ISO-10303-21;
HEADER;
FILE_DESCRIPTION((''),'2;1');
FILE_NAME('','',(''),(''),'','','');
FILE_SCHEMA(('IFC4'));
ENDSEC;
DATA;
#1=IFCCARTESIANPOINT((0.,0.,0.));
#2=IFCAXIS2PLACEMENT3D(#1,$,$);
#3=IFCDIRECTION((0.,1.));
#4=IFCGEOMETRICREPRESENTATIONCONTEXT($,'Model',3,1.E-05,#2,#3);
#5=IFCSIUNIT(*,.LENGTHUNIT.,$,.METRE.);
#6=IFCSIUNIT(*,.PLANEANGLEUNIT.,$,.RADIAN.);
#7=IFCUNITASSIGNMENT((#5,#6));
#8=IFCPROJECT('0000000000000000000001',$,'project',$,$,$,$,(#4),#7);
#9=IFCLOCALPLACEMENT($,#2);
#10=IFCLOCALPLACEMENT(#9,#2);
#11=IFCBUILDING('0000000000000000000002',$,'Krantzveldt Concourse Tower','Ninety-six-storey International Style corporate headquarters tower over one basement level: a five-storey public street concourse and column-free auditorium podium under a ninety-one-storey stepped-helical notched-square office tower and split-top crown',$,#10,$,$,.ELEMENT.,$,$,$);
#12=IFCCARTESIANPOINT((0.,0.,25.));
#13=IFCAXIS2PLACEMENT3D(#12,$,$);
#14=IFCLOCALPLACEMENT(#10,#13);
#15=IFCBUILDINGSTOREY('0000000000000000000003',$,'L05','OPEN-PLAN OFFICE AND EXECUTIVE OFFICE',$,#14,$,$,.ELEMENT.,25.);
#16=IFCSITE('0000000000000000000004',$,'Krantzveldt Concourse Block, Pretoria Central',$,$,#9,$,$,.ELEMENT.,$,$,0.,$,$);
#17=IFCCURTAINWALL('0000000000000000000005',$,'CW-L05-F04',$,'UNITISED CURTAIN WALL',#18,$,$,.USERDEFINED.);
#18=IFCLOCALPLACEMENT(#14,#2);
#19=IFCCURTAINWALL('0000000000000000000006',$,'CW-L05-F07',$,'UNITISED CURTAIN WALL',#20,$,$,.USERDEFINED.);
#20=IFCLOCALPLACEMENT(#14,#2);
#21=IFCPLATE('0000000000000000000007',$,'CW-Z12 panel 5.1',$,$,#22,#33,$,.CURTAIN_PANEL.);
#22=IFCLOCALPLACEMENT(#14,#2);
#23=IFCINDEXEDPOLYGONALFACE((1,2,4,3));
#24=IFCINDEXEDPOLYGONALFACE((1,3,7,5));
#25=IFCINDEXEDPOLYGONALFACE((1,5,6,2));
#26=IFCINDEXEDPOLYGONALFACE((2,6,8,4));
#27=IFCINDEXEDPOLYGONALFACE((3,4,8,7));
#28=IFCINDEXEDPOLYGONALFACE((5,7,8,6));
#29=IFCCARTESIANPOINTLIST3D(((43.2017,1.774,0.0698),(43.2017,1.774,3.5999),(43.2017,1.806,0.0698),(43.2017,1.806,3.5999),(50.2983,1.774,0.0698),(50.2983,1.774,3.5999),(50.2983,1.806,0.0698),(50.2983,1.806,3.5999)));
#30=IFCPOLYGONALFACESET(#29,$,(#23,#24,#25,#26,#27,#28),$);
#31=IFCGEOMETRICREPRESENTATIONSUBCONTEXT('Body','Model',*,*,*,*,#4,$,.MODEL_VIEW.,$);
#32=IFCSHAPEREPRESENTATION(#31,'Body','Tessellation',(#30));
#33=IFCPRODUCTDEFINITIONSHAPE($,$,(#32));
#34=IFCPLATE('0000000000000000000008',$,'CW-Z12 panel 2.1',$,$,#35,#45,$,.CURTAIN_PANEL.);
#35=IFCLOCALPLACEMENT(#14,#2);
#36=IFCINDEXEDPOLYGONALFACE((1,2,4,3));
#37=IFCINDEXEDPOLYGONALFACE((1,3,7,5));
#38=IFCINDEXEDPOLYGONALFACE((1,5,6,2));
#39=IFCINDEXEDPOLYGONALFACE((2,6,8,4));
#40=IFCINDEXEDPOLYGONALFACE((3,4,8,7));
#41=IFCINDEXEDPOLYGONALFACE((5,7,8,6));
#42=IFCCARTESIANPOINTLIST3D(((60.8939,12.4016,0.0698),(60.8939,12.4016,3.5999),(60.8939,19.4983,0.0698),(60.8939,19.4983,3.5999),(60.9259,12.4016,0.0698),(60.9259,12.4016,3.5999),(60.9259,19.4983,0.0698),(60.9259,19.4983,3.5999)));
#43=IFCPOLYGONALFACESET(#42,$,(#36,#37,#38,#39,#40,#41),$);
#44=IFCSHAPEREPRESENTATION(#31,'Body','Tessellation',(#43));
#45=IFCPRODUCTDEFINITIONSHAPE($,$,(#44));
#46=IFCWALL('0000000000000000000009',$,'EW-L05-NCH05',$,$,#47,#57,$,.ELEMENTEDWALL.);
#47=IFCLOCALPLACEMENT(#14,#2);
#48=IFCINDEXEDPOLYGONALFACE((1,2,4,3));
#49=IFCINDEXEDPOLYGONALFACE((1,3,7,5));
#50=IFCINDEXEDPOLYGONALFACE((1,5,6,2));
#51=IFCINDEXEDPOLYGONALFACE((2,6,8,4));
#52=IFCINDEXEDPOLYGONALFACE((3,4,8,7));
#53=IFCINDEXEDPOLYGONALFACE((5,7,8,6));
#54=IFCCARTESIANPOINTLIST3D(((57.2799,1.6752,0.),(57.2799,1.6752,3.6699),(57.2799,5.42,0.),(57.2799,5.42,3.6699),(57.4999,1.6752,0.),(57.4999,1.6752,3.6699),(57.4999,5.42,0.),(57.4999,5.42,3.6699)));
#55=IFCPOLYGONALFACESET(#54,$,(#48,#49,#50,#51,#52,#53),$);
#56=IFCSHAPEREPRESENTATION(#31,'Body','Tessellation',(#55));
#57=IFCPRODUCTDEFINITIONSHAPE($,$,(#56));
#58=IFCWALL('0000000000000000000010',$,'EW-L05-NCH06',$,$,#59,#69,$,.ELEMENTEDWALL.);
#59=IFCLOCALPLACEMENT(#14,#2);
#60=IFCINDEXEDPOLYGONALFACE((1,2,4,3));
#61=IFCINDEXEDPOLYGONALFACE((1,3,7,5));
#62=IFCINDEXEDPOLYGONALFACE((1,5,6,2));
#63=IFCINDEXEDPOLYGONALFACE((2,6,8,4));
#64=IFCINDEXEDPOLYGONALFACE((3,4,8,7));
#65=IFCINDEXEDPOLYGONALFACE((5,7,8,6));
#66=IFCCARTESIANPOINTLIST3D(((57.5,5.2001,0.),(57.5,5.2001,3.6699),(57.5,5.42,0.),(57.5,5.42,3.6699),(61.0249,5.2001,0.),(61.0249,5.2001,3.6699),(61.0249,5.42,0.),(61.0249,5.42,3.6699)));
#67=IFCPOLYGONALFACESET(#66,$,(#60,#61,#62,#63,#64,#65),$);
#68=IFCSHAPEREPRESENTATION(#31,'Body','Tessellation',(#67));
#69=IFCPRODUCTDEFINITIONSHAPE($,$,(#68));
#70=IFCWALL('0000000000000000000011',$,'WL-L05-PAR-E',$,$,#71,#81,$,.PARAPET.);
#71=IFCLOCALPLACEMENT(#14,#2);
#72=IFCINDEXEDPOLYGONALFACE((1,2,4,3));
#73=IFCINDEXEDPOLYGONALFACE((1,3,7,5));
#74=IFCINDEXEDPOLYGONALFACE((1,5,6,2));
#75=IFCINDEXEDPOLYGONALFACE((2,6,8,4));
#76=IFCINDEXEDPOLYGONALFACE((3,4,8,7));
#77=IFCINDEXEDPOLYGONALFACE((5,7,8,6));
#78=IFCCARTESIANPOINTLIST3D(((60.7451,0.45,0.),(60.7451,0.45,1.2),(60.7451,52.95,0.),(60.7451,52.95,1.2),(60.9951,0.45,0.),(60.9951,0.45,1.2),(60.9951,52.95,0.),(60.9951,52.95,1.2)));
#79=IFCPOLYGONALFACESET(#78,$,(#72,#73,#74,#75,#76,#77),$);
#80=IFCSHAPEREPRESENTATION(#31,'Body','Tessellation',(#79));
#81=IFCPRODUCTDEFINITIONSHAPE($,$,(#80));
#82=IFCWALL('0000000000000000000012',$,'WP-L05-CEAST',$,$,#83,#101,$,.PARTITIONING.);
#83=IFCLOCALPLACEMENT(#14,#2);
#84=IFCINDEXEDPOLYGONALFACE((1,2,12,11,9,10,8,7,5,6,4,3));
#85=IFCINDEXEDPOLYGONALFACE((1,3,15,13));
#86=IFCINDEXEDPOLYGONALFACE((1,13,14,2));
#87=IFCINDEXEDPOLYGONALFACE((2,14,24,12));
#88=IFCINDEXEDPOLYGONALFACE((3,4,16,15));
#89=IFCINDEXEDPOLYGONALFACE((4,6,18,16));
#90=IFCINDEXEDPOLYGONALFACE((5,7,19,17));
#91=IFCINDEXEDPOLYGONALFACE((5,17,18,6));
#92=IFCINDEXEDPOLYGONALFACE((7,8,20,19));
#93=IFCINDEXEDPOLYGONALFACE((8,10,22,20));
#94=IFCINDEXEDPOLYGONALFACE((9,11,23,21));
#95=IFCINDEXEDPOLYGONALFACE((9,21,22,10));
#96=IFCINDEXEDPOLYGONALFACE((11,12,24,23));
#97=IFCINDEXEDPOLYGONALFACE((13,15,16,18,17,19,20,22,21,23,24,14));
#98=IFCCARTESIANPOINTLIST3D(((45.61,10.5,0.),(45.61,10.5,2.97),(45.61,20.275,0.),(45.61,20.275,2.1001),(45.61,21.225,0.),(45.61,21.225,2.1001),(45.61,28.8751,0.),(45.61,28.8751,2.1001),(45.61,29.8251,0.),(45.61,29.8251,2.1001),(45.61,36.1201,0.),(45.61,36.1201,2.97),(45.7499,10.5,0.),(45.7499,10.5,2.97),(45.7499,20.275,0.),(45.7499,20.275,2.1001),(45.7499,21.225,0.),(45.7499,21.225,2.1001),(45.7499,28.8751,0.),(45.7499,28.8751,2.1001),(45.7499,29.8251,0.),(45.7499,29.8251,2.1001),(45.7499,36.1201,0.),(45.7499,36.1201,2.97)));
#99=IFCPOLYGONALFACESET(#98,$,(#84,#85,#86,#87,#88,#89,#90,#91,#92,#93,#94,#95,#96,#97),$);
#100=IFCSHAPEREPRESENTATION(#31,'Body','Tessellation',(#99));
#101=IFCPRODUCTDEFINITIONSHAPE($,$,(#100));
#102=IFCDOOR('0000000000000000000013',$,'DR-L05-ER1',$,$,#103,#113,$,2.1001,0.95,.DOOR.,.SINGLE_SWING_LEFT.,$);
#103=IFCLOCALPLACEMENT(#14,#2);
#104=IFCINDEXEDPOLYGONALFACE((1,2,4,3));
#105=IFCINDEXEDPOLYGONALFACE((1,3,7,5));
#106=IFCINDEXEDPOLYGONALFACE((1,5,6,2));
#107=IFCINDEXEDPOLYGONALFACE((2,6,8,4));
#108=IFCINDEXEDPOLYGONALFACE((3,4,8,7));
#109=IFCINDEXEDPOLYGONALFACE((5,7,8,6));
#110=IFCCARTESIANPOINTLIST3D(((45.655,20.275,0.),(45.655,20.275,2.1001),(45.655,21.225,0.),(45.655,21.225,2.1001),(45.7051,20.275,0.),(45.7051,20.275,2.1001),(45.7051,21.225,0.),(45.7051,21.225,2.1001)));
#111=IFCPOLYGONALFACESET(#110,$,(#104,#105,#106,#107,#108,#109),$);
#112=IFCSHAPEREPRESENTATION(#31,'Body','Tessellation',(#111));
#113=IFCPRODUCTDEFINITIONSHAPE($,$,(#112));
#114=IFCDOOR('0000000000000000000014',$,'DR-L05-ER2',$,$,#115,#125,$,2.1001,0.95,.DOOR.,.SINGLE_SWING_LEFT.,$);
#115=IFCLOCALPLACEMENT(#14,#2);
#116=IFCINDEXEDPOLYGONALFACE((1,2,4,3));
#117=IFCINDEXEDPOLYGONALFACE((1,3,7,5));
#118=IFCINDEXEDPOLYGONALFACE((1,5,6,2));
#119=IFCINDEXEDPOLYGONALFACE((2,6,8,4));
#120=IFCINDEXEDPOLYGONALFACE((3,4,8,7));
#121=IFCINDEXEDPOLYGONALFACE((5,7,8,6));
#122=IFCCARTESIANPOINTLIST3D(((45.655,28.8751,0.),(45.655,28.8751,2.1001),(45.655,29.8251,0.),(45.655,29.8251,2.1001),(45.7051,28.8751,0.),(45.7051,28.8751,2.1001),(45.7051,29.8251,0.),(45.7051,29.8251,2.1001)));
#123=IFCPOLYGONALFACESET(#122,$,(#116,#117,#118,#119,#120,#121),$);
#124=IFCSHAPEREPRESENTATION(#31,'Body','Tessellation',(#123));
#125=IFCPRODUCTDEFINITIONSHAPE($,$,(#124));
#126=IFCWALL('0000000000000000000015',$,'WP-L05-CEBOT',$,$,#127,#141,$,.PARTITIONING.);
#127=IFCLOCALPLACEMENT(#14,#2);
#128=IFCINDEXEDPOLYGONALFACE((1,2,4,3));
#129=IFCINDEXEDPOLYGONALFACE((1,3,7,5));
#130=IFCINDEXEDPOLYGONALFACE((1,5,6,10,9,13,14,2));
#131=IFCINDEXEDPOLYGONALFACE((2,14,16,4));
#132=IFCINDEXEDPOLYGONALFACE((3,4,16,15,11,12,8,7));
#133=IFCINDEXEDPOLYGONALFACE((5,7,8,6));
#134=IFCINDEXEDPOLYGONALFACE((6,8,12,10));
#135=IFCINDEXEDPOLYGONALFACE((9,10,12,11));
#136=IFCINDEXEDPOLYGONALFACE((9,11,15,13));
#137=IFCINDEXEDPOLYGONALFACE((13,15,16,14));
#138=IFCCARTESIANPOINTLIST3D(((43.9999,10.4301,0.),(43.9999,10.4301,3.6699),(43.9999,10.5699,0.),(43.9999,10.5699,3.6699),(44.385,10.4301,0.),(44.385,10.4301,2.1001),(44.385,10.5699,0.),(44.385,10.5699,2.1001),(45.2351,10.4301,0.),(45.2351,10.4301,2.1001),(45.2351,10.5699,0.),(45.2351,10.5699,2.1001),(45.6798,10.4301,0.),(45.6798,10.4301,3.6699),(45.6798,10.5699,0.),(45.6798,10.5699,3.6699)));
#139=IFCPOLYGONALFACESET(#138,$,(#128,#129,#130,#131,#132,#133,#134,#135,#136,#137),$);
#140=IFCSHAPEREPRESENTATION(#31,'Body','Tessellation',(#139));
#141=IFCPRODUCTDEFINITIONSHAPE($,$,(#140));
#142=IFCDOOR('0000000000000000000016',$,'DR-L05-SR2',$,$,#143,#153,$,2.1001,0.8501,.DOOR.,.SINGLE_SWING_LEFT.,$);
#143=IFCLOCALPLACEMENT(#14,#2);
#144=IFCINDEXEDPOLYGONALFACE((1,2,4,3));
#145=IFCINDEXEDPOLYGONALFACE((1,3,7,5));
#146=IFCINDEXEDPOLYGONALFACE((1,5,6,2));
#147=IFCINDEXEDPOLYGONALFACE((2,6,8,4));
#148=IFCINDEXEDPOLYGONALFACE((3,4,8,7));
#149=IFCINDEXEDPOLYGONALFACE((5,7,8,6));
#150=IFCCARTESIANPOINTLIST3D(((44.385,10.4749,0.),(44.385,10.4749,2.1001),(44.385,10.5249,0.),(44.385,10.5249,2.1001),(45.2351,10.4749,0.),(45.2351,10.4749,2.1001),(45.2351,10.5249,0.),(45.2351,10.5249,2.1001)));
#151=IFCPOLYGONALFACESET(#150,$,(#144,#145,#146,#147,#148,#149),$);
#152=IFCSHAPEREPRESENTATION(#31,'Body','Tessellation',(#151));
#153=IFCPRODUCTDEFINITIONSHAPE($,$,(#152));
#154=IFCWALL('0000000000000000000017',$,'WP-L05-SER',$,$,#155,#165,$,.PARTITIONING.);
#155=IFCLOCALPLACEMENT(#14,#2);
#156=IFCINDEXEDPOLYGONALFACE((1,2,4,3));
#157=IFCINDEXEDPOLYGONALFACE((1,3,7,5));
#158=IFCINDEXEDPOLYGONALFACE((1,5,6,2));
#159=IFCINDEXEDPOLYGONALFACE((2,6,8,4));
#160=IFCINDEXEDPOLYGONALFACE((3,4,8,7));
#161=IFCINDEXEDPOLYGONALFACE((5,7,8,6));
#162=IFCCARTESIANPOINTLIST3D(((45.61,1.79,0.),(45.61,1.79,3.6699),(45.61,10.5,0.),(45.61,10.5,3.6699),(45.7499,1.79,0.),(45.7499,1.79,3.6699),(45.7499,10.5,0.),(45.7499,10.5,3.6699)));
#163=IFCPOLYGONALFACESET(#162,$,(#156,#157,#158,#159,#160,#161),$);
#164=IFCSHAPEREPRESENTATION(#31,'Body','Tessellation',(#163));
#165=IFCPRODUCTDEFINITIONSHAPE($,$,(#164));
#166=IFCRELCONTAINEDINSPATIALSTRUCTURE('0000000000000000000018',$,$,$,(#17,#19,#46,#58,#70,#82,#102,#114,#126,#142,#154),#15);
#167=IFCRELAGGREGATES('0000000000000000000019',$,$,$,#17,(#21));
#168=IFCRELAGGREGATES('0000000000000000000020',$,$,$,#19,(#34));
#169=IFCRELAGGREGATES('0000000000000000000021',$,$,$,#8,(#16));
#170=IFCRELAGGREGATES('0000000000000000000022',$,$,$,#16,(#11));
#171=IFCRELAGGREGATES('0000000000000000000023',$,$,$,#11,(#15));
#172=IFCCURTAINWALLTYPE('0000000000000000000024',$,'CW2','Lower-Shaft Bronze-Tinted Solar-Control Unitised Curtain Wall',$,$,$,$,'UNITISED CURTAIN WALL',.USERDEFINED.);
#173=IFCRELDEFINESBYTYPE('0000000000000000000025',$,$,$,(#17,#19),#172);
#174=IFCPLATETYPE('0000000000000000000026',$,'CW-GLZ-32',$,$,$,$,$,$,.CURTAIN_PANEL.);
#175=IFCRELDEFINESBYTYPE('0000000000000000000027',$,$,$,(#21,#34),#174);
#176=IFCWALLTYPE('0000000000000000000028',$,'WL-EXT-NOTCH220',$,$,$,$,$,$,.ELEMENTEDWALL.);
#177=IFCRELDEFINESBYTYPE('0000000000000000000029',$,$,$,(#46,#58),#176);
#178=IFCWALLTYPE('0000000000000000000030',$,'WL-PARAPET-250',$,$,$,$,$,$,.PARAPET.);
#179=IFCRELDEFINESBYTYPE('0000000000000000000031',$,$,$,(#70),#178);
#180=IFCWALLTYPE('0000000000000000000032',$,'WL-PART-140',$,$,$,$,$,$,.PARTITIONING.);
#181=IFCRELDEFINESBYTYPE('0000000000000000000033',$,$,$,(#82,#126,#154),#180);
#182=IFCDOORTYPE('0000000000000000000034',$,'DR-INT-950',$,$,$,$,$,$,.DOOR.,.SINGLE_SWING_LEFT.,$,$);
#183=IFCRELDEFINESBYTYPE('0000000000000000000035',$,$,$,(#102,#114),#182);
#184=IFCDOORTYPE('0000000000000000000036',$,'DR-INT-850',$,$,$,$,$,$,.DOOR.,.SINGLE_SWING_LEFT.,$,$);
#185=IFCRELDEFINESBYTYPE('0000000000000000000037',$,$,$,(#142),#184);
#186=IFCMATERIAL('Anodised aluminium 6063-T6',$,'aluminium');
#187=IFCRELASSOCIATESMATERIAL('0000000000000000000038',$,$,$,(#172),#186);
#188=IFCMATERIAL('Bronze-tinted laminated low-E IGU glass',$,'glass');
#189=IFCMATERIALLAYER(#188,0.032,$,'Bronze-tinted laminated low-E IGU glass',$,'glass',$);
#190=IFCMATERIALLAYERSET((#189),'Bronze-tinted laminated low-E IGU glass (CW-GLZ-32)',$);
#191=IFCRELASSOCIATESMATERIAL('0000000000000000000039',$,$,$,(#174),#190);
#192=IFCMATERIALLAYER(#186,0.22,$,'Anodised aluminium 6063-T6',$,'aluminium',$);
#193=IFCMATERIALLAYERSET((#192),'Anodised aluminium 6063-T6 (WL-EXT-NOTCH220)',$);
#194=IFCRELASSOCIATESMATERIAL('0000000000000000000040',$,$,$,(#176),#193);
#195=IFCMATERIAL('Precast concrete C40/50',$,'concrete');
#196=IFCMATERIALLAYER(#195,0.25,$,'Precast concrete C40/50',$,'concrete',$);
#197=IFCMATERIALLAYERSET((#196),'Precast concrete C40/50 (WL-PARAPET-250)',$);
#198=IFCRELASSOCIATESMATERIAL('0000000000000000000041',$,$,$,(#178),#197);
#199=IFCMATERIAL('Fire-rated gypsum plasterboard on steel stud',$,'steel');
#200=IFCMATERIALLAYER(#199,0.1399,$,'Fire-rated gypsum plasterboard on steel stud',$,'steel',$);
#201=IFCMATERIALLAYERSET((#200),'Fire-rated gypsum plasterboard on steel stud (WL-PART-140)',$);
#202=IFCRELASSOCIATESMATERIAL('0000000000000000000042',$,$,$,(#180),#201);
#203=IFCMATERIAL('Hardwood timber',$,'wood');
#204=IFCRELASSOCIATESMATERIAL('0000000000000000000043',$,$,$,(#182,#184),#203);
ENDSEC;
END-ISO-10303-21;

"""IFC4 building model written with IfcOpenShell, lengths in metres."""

from ifc_helpers import new_model, si_unit, direction, frame, frame_2d, origin, origin_2d, place, context, subcontext, project, spatial, rectangle, extrude, source, transform, mapped, material, layer, layer_set, type_object, element, fill, aggregate, save


model = new_model("IFC4")

# Units and contexts
model_context = context("Model", 3, precision=1e-05, world=origin(), true_north=direction((0.0, 1.0)))
body_context = subcontext(model_context, "Body", "Model", "MODEL_VIEW")
ifc_project = project(units=[si_unit("LENGTHUNIT", "METRE"), si_unit("PLANEANGLEUNIT", "RADIAN")], contexts=[model_context])

# Site, building, storey
site_placement = place(None, origin())
site = spatial("IfcSite", under=ifc_project, at=site_placement, Name="Krantzveldt Concourse Block, Pretoria Central", CompositionType="ELEMENT", RefElevation=0.0)
building_placement = place(site_placement, origin())
building = spatial("IfcBuilding", under=site, at=building_placement, Name="Krantzveldt Concourse Tower", Description="Ninety-six-storey International Style corporate headquarters tower over one basement level: a five-storey public street concourse and column-free auditorium podium under a ninety-one-storey stepped-helical notched-square office tower and split-top crown", CompositionType="ELEMENT")
storey_placement = place(building_placement, frame((0.0, 0.0, 25.0)))
storey = spatial("IfcBuildingStorey", under=building, at=storey_placement, Name="L05", Description="OPEN-PLAN OFFICE AND EXECUTIVE OFFICE", CompositionType="ELEMENT", Elevation=25.0)

# Curtain walls
ifc_material_1 = material(Name="Anodised aluminium 6063-T6", Category="aluminium")
curtain_wall_type = type_object("IfcCurtainWallType", Name="CW2", Description="Lower-Shaft Bronze-Tinted Solar-Control Unitised Curtain Wall", ElementType="UNITISED CURTAIN WALL", PredefinedType="USERDEFINED", material=ifc_material_1)
curtain_wall_1_placement = place(storey_placement, origin())
curtain_wall_1 = element("IfcCurtainWall", 1, at=curtain_wall_1_placement, inside=storey, type_object=curtain_wall_type, Name="CW-L05-F04", ObjectType="UNITISED CURTAIN WALL", PredefinedType="USERDEFINED")
curtain_wall_2_placement = place(storey_placement, origin())
curtain_wall_2 = element("IfcCurtainWall", 2, at=curtain_wall_2_placement, inside=storey, type_object=curtain_wall_type, Name="CW-L05-F07", ObjectType="UNITISED CURTAIN WALL", PredefinedType="USERDEFINED")

# Plates
ifc_material_2 = material(Name="Bronze-tinted laminated low-E IGU glass", Category="glass")
ifc_layer_1 = layer(ifc_material_2, 0.032, Name="Bronze-tinted laminated low-E IGU glass", Category="glass")
ifc_layer_set_1 = layer_set([ifc_layer_1], Name="Bronze-tinted laminated low-E IGU glass (CW-GLZ-32)")
plate_type = type_object("IfcPlateType", Name="CW-GLZ-32", PredefinedType="CURTAIN_PANEL", material=ifc_layer_set_1)
shared_shape_1 = source(origin(), body_context, "Body", "SweptSolid", [
    extrude(rectangle(XDim=7.0967, YDim=0.032, at=origin_2d()), origin(), (0.0, 0.0, 1.0), 3.53),
])
plate_1_placement = place(storey_placement, frame((46.75, 1.79, 0.0698), z_axis=(0.0, 0.0, 1.0), x_axis=(1.0, 0.0, 0.0)))
plate_1 = element("IfcPlate", 3, at=plate_1_placement, type_object=plate_type, Name="CW-Z12 panel 5.1", PredefinedType="CURTAIN_PANEL", context=body_context, shape_type="MappedRepresentation", body=[
    mapped(shared_shape_1, transform((0.0, 0.0, 0.0), x_axis=(1.0, 0.0, 0.0), y_axis=(0.0, 1.0, 0.0), z_axis=(0.0, 0.0, 1.0), scale=1.0)),
])
aggregate(curtain_wall_1, [plate_1])
plate_2_placement = place(storey_placement, frame((60.9099, 15.95, 0.0698), z_axis=(0.0, 0.0, 1.0), x_axis=(0.0, 1.0, 0.0)))
plate_2 = element("IfcPlate", 4, at=plate_2_placement, type_object=plate_type, Name="CW-Z12 panel 2.1", PredefinedType="CURTAIN_PANEL", context=body_context, shape_type="MappedRepresentation", body=[
    mapped(shared_shape_1, transform((0.0, 0.0, 0.0), x_axis=(1.0, 0.0, 0.0), y_axis=(0.0, 1.0, 0.0), z_axis=(0.0, 0.0, 1.0), scale=1.0)),
])
aggregate(curtain_wall_2, [plate_2])

# Walls
ifc_layer_2 = layer(ifc_material_1, 0.22, Name="Anodised aluminium 6063-T6", Category="aluminium")
ifc_layer_set_2 = layer_set([ifc_layer_2], Name="Anodised aluminium 6063-T6 (WL-EXT-NOTCH220)")
wall_type_1 = type_object("IfcWallType", Name="WL-EXT-NOTCH220", PredefinedType="ELEMENTEDWALL", material=ifc_layer_set_2)
wall_1_placement = place(storey_placement, frame((57.3899, 1.675, 0.0), z_axis=(0.0, 0.0, 1.0), x_axis=(0.0, 1.0, 0.0)))
element("IfcWall", 5, at=wall_1_placement, inside=storey, type_object=wall_type_1, Name="EW-L05-NCH05", PredefinedType="ELEMENTEDWALL", context=body_context, shape_type="SweptSolid", body=[
    extrude(rectangle(XDim=3.7449, YDim=0.22, at=frame_2d((1.8726, 0.0))), origin(), (0.0, 0.0, 1.0), 3.6699),
])
wall_2_placement = place(storey_placement, frame((57.5, 5.3101, 0.0), z_axis=(0.0, 0.0, 1.0), x_axis=(1.0, 0.0, 0.0)))
element("IfcWall", 6, at=wall_2_placement, inside=storey, type_object=wall_type_1, Name="EW-L05-NCH06", PredefinedType="ELEMENTEDWALL", context=body_context, shape_type="SweptSolid", body=[
    extrude(rectangle(XDim=3.5249, YDim=0.22, at=frame_2d((1.7625, 0.0))), origin(), (0.0, 0.0, 1.0), 3.6699),
])
ifc_material_3 = material(Name="Precast concrete C40/50", Category="concrete")
ifc_layer_3 = layer(ifc_material_3, 0.25, Name="Precast concrete C40/50", Category="concrete")
ifc_layer_set_3 = layer_set([ifc_layer_3], Name="Precast concrete C40/50 (WL-PARAPET-250)")
wall_type_2 = type_object("IfcWallType", Name="WL-PARAPET-250", PredefinedType="PARAPET", material=ifc_layer_set_3)
wall_3_placement = place(storey_placement, frame((60.8701, 0.45, 0.0), z_axis=(0.0, 0.0, 1.0), x_axis=(0.0, 1.0, 0.0)))
element("IfcWall", 7, at=wall_3_placement, inside=storey, type_object=wall_type_2, Name="WL-L05-PAR-E", PredefinedType="PARAPET", context=body_context, shape_type="SweptSolid", body=[
    extrude(rectangle(XDim=52.5, YDim=0.25, at=frame_2d((26.25, 0.0))), origin(), (0.0, 0.0, 1.0), 1.2),
])

# Wall, openings, doors
ifc_material_4 = material(Name="Fire-rated gypsum plasterboard on steel stud", Category="steel")
ifc_layer_4 = layer(ifc_material_4, 0.1399, Name="Fire-rated gypsum plasterboard on steel stud", Category="steel")
ifc_layer_set_4 = layer_set([ifc_layer_4], Name="Fire-rated gypsum plasterboard on steel stud (WL-PART-140)")
wall_type_3 = type_object("IfcWallType", Name="WL-PART-140", PredefinedType="PARTITIONING", material=ifc_layer_set_4)
wall_4_placement = place(storey_placement, frame((45.6799, 10.5, 0.0), z_axis=(0.0, 0.0, 1.0), x_axis=(0.0, 1.0, 0.0)))
wall_4 = element("IfcWall", 8, at=wall_4_placement, inside=storey, type_object=wall_type_3, Name="WP-L05-CEAST", PredefinedType="PARTITIONING", context=body_context, shape_type="SweptSolid", body=[
    extrude(rectangle(XDim=25.6201, YDim=0.1399, at=frame_2d((12.8101, 0.0))), origin(), (0.0, 0.0, 1.0), 2.97),
])
opening_1_placement = place(wall_4_placement, frame((9.7749, 0.0, 0.0)))
opening_1 = element("IfcOpeningElement", 9, at=opening_1_placement, cuts=wall_4, PredefinedType="OPENING", context=body_context, shape_type="SweptSolid", body=[
    extrude(rectangle(XDim=0.95, YDim=2.1001, at=frame_2d((0.4751, 1.05))), frame((0.0, 0.0801, 0.0), z_axis=(0.0, -1.0, 0.0), x_axis=(1.0, 0.0, 0.0)), (0.0, 0.0, 1.0), 0.1599),
])
opening_2_placement = place(wall_4_placement, frame((18.375, 0.0, 0.0)))
opening_2 = element("IfcOpeningElement", 10, at=opening_2_placement, cuts=wall_4, PredefinedType="OPENING", context=body_context, shape_type="SweptSolid", body=[
    extrude(rectangle(XDim=0.95, YDim=2.1001, at=frame_2d((0.4751, 1.05))), frame((0.0, 0.0801, 0.0), z_axis=(0.0, -1.0, 0.0), x_axis=(1.0, 0.0, 0.0)), (0.0, 0.0, 1.0), 0.1599),
])
ifc_material_5 = material(Name="Hardwood timber", Category="wood")
door_type_1 = type_object("IfcDoorType", Name="DR-INT-950", OperationType="SINGLE_SWING_LEFT", PredefinedType="DOOR", material=ifc_material_5)
door_1_placement = place(opening_1_placement, origin())
door_1 = element("IfcDoor", 11, at=door_1_placement, inside=storey, type_object=door_type_1, Name="DR-L05-ER1", OperationType="SINGLE_SWING_LEFT", OverallHeight=2.1001, OverallWidth=0.95, PredefinedType="DOOR", context=body_context, shape_type="SweptSolid", body=[
    extrude(rectangle(XDim=0.95, YDim=2.1001, at=frame_2d((0.4751, 1.05))), frame((0.0, 0.0249, 0.0), z_axis=(0.0, -1.0, 0.0), x_axis=(1.0, 0.0, 0.0)), (0.0, 0.0, 1.0), 0.05),
])
fill(opening_1, door_1)
door_2_placement = place(opening_2_placement, origin())
door_2 = element("IfcDoor", 12, at=door_2_placement, inside=storey, type_object=door_type_1, Name="DR-L05-ER2", OperationType="SINGLE_SWING_LEFT", OverallHeight=2.1001, OverallWidth=0.95, PredefinedType="DOOR", context=body_context, shape_type="SweptSolid", body=[
    extrude(rectangle(XDim=0.95, YDim=2.1001, at=frame_2d((0.4751, 1.05))), frame((0.0, 0.0249, 0.0), z_axis=(0.0, -1.0, 0.0), x_axis=(1.0, 0.0, 0.0)), (0.0, 0.0, 1.0), 0.05),
])
fill(opening_2, door_2)

# Wall, opening, door
wall_5_placement = place(storey_placement, frame((44.0, 10.5, 0.0), z_axis=(0.0, 0.0, 1.0), x_axis=(1.0, 0.0, 0.0)))
wall_5 = element("IfcWall", 13, at=wall_5_placement, inside=storey, type_object=wall_type_3, Name="WP-L05-CEBOT", PredefinedType="PARTITIONING", context=body_context, shape_type="SweptSolid", body=[
    extrude(rectangle(XDim=1.6799, YDim=0.1399, at=frame_2d((0.8398, 0.0))), origin(), (0.0, 0.0, 1.0), 3.6699),
])
opening_3_placement = place(wall_5_placement, frame((0.385, 0.0, 0.0)))
opening_3 = element("IfcOpeningElement", 14, at=opening_3_placement, cuts=wall_5, PredefinedType="OPENING", context=body_context, shape_type="SweptSolid", body=[
    extrude(rectangle(XDim=0.8501, YDim=2.1001, at=frame_2d((0.425, 1.05))), frame((0.0, 0.0801, 0.0), z_axis=(0.0, -1.0, 0.0), x_axis=(1.0, 0.0, 0.0)), (0.0, 0.0, 1.0), 0.1599),
])
door_type_2 = type_object("IfcDoorType", Name="DR-INT-850", OperationType="SINGLE_SWING_LEFT", PredefinedType="DOOR", material=ifc_material_5)
door_3_placement = place(opening_3_placement, origin())
door_3 = element("IfcDoor", 15, at=door_3_placement, inside=storey, type_object=door_type_2, Name="DR-L05-SR2", OperationType="SINGLE_SWING_LEFT", OverallHeight=2.1001, OverallWidth=0.8501, PredefinedType="DOOR", context=body_context, shape_type="SweptSolid", body=[
    extrude(rectangle(XDim=0.8501, YDim=2.1001, at=frame_2d((0.425, 1.05))), frame((0.0, 0.0249, 0.0), z_axis=(0.0, -1.0, 0.0), x_axis=(1.0, 0.0, 0.0)), (0.0, 0.0, 1.0), 0.05),
])
fill(opening_3, door_3)

# Wall
wall_6_placement = place(storey_placement, frame((45.6799, 1.79, 0.0), z_axis=(0.0, 0.0, 1.0), x_axis=(0.0, 1.0, 0.0)))
element("IfcWall", 16, at=wall_6_placement, inside=storey, type_object=wall_type_3, Name="WP-L05-SER", PredefinedType="PARTITIONING", context=body_context, shape_type="SweptSolid", body=[
    extrude(rectangle(XDim=8.71, YDim=0.1399, at=frame_2d((4.355, 0.0))), origin(), (0.0, 0.0, 1.0), 3.6699),
])

save(model, "model.ifc")
